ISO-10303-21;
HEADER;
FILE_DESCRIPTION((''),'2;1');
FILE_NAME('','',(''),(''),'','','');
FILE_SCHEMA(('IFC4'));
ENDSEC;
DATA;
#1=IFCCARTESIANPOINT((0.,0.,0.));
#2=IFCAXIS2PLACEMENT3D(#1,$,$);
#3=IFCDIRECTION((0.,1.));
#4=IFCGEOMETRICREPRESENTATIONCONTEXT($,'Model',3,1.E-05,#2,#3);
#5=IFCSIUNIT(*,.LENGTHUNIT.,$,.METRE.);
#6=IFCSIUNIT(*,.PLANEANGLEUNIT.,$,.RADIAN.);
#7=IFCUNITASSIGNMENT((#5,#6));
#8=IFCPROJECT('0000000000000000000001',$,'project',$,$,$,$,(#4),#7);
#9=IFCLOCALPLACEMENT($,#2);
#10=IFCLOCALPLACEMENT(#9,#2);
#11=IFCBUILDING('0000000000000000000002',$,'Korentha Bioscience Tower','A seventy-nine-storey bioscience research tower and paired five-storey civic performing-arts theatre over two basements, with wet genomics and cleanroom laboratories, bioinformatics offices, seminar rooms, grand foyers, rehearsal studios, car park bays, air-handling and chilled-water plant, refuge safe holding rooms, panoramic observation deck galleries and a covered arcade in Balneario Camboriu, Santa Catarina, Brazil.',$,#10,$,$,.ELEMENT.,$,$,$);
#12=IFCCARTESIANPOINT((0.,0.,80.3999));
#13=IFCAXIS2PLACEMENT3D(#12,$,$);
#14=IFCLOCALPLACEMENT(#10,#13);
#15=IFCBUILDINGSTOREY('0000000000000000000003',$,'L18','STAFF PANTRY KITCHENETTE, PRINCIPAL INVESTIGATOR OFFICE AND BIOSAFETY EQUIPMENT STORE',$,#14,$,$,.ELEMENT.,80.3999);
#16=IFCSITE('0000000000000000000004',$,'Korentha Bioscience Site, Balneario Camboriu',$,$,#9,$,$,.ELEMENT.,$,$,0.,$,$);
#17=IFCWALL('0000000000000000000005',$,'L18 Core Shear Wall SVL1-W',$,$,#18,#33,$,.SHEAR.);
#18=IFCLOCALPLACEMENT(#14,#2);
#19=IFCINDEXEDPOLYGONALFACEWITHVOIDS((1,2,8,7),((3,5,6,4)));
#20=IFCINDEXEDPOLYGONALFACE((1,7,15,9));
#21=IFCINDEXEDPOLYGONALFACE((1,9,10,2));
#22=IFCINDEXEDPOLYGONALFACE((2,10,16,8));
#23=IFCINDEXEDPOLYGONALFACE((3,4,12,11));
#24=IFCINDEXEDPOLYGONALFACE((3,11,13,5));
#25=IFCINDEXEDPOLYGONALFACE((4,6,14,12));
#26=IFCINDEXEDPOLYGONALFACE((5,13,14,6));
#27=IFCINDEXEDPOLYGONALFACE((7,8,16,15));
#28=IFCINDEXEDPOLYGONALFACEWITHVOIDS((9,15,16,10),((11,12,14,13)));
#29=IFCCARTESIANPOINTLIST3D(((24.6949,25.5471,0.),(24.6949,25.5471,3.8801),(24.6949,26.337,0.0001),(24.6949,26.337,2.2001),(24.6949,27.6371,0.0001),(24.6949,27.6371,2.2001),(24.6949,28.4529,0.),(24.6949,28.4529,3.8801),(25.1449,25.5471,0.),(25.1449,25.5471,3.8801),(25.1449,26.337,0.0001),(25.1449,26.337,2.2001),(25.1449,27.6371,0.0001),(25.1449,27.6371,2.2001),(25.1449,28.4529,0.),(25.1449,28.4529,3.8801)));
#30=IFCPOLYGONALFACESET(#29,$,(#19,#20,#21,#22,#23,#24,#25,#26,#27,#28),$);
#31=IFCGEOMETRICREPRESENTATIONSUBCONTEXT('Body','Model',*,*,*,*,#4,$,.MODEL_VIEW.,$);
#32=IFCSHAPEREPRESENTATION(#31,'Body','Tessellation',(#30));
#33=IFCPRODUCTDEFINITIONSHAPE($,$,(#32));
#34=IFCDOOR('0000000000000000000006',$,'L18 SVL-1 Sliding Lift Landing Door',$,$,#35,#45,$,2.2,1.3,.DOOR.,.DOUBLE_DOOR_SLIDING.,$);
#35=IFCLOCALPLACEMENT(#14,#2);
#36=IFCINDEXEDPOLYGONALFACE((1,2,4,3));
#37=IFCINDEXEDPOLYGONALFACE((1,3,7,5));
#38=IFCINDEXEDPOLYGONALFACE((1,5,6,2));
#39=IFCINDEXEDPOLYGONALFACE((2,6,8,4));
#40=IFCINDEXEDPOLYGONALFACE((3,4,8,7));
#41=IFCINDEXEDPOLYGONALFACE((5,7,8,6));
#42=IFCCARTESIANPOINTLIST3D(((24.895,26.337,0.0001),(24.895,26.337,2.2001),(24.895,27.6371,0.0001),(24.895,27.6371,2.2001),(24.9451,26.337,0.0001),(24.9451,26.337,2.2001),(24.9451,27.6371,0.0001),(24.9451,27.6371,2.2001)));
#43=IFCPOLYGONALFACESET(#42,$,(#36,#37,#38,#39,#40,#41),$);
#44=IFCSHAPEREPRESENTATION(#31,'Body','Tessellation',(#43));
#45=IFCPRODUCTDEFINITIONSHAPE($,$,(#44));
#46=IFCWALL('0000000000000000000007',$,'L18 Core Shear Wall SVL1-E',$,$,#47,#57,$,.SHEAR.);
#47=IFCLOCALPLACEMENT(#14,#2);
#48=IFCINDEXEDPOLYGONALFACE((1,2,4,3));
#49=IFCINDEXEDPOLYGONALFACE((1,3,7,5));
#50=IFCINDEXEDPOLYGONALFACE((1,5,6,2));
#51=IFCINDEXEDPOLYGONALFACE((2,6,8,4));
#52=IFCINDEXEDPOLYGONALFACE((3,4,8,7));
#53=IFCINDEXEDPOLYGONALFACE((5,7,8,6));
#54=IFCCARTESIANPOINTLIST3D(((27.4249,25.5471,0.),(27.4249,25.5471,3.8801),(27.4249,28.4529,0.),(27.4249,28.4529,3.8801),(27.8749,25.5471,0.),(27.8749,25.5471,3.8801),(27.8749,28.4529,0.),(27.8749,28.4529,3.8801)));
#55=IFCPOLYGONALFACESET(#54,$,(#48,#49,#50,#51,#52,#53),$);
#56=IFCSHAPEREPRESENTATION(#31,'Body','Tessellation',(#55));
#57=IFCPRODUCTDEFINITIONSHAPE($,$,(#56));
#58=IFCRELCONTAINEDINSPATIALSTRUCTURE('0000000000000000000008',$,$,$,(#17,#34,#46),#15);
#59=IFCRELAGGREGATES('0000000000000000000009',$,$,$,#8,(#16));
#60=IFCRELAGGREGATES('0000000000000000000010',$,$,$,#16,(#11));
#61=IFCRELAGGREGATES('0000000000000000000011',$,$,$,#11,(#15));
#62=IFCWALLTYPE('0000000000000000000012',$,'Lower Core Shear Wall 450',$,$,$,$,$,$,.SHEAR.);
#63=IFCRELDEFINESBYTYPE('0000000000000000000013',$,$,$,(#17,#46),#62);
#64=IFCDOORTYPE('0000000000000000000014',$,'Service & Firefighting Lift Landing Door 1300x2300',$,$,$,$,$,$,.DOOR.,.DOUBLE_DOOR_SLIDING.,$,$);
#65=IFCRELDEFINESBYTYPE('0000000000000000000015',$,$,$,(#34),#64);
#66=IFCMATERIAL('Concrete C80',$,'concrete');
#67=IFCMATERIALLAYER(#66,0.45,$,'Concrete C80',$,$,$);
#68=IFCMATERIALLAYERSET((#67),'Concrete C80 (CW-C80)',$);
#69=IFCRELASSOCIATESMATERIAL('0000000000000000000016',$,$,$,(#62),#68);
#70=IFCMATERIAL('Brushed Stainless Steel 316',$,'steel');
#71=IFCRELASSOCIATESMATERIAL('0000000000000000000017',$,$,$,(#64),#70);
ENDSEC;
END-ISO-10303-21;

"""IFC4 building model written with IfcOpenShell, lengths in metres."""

from ifc_helpers import new_model, si_unit, direction, frame, frame_2d, origin, place, context, subcontext, project, spatial, rectangle, extrude, material, layer, layer_set, type_object, element, fill, save


model = new_model("IFC4")

# Units and contexts
model_context = context("Model", 3, precision=1e-05, world=origin(), true_north=direction((0.0, 1.0)))
body_context = subcontext(model_context, "Body", "Model", "MODEL_VIEW")
ifc_project = project(units=[si_unit("LENGTHUNIT", "METRE"), si_unit("PLANEANGLEUNIT", "RADIAN")], contexts=[model_context])

# Site, building, storey
site_placement = place(None, origin())
site = spatial("IfcSite", under=ifc_project, at=site_placement, Name="Korentha Bioscience Site, Balneario Camboriu", CompositionType="ELEMENT", RefElevation=0.0)
building_placement = place(site_placement, origin())
building = spatial("IfcBuilding", under=site, at=building_placement, Name="Korentha Bioscience Tower", Description="A seventy-nine-storey bioscience research tower and paired five-storey civic performing-arts theatre over two basements, with wet genomics and cleanroom laboratories, bioinformatics offices, seminar rooms, grand foyers, rehearsal studios, car park bays, air-handling and chilled-water plant, refuge safe holding rooms, panoramic observation deck galleries and a covered arcade in Balneario Camboriu, Santa Catarina, Brazil.", CompositionType="ELEMENT")
storey_placement = place(building_placement, frame((0.0, 0.0, 80.3999)))
storey = spatial("IfcBuildingStorey", under=building, at=storey_placement, Name="L18", Description="STAFF PANTRY KITCHENETTE, PRINCIPAL INVESTIGATOR OFFICE AND BIOSAFETY EQUIPMENT STORE", CompositionType="ELEMENT", Elevation=80.3999)

# Shared definitions
ifc_material_1 = material(Name="Concrete C80", Category="concrete")

# Shared definitions
ifc_layer_1 = layer(ifc_material_1, 0.45, Name="Concrete C80")
ifc_layer_set_1 = layer_set([ifc_layer_1], Name="Concrete C80 (CW-C80)")
wall_type_1 = type_object("IfcWallType", Name="Lower Core Shear Wall 450", PredefinedType="SHEAR", material=ifc_layer_set_1)

# Shared definitions
ifc_material_2 = material(Name="Brushed Stainless Steel 316", Category="steel")
door_type_1 = type_object("IfcDoorType", Name="Service & Firefighting Lift Landing Door 1300x2300", OperationType="DOUBLE_DOOR_SLIDING", PredefinedType="DOOR", material=ifc_material_2)

# Wall, opening, door
wall_1_placement = place(storey_placement, frame((24.9199, 25.5471, 0.0), z_axis=(0.0, 0.0, 1.0), x_axis=(0.0, 1.0, 0.0)))
wall_1 = element("IfcWall", 1, at=wall_1_placement, inside=storey, type_object=wall_type_1, Name="L18 Core Shear Wall SVL1-W", PredefinedType="SHEAR", context=body_context, shape_type="SweptSolid", body=[
    extrude(rectangle(XDim=2.9058, YDim=0.45, at=frame_2d((1.4529, 0.0))), origin(), (0.0, 0.0, 1.0), 3.8801),
])
opening_1_placement = place(wall_1_placement, frame((0.79, 0.0, 0.0)))
opening_1 = element("IfcOpeningElement", 2, at=opening_1_placement, cuts=wall_1, PredefinedType="OPENING", context=body_context, shape_type="SweptSolid", body=[
    extrude(rectangle(XDim=1.3, YDim=2.2, at=frame_2d((0.6499, 1.1001))), frame((0.0, 0.2397, 0.0), z_axis=(0.0, -1.0, 0.0), x_axis=(1.0, 0.0, 0.0)), (0.0, 0.0, 1.0), 0.4797),
])
door_1_placement = place(opening_1_placement, origin())
door_1 = element("IfcDoor", 3, at=door_1_placement, inside=storey, type_object=door_type_1, Name="L18 SVL-1 Sliding Lift Landing Door", OperationType="DOUBLE_DOOR_SLIDING", OverallHeight=2.2, OverallWidth=1.3, PredefinedType="DOOR", context=body_context, shape_type="SweptSolid", body=[
    extrude(rectangle(XDim=1.3, YDim=2.2, at=frame_2d((0.6499, 1.1001))), frame((0.0, 0.0249, 0.0), z_axis=(0.0, -1.0, 0.0), x_axis=(1.0, 0.0, 0.0)), (0.0, 0.0, 1.0), 0.05),
])
fill(opening_1, door_1)

# Wall
wall_2_placement = place(storey_placement, frame((27.6499, 25.5471, 0.0), z_axis=(0.0, 0.0, 1.0), x_axis=(0.0, 1.0, 0.0)))
element("IfcWall", 4, at=wall_2_placement, inside=storey, type_object=wall_type_1, Name="L18 Core Shear Wall SVL1-E", PredefinedType="SHEAR", context=body_context, shape_type="SweptSolid", body=[
    extrude(rectangle(XDim=2.9058, YDim=0.45, at=frame_2d((1.4529, 0.0))), origin(), (0.0, 0.0, 1.0), 3.8801),
])

save(model, "model.ifc")
